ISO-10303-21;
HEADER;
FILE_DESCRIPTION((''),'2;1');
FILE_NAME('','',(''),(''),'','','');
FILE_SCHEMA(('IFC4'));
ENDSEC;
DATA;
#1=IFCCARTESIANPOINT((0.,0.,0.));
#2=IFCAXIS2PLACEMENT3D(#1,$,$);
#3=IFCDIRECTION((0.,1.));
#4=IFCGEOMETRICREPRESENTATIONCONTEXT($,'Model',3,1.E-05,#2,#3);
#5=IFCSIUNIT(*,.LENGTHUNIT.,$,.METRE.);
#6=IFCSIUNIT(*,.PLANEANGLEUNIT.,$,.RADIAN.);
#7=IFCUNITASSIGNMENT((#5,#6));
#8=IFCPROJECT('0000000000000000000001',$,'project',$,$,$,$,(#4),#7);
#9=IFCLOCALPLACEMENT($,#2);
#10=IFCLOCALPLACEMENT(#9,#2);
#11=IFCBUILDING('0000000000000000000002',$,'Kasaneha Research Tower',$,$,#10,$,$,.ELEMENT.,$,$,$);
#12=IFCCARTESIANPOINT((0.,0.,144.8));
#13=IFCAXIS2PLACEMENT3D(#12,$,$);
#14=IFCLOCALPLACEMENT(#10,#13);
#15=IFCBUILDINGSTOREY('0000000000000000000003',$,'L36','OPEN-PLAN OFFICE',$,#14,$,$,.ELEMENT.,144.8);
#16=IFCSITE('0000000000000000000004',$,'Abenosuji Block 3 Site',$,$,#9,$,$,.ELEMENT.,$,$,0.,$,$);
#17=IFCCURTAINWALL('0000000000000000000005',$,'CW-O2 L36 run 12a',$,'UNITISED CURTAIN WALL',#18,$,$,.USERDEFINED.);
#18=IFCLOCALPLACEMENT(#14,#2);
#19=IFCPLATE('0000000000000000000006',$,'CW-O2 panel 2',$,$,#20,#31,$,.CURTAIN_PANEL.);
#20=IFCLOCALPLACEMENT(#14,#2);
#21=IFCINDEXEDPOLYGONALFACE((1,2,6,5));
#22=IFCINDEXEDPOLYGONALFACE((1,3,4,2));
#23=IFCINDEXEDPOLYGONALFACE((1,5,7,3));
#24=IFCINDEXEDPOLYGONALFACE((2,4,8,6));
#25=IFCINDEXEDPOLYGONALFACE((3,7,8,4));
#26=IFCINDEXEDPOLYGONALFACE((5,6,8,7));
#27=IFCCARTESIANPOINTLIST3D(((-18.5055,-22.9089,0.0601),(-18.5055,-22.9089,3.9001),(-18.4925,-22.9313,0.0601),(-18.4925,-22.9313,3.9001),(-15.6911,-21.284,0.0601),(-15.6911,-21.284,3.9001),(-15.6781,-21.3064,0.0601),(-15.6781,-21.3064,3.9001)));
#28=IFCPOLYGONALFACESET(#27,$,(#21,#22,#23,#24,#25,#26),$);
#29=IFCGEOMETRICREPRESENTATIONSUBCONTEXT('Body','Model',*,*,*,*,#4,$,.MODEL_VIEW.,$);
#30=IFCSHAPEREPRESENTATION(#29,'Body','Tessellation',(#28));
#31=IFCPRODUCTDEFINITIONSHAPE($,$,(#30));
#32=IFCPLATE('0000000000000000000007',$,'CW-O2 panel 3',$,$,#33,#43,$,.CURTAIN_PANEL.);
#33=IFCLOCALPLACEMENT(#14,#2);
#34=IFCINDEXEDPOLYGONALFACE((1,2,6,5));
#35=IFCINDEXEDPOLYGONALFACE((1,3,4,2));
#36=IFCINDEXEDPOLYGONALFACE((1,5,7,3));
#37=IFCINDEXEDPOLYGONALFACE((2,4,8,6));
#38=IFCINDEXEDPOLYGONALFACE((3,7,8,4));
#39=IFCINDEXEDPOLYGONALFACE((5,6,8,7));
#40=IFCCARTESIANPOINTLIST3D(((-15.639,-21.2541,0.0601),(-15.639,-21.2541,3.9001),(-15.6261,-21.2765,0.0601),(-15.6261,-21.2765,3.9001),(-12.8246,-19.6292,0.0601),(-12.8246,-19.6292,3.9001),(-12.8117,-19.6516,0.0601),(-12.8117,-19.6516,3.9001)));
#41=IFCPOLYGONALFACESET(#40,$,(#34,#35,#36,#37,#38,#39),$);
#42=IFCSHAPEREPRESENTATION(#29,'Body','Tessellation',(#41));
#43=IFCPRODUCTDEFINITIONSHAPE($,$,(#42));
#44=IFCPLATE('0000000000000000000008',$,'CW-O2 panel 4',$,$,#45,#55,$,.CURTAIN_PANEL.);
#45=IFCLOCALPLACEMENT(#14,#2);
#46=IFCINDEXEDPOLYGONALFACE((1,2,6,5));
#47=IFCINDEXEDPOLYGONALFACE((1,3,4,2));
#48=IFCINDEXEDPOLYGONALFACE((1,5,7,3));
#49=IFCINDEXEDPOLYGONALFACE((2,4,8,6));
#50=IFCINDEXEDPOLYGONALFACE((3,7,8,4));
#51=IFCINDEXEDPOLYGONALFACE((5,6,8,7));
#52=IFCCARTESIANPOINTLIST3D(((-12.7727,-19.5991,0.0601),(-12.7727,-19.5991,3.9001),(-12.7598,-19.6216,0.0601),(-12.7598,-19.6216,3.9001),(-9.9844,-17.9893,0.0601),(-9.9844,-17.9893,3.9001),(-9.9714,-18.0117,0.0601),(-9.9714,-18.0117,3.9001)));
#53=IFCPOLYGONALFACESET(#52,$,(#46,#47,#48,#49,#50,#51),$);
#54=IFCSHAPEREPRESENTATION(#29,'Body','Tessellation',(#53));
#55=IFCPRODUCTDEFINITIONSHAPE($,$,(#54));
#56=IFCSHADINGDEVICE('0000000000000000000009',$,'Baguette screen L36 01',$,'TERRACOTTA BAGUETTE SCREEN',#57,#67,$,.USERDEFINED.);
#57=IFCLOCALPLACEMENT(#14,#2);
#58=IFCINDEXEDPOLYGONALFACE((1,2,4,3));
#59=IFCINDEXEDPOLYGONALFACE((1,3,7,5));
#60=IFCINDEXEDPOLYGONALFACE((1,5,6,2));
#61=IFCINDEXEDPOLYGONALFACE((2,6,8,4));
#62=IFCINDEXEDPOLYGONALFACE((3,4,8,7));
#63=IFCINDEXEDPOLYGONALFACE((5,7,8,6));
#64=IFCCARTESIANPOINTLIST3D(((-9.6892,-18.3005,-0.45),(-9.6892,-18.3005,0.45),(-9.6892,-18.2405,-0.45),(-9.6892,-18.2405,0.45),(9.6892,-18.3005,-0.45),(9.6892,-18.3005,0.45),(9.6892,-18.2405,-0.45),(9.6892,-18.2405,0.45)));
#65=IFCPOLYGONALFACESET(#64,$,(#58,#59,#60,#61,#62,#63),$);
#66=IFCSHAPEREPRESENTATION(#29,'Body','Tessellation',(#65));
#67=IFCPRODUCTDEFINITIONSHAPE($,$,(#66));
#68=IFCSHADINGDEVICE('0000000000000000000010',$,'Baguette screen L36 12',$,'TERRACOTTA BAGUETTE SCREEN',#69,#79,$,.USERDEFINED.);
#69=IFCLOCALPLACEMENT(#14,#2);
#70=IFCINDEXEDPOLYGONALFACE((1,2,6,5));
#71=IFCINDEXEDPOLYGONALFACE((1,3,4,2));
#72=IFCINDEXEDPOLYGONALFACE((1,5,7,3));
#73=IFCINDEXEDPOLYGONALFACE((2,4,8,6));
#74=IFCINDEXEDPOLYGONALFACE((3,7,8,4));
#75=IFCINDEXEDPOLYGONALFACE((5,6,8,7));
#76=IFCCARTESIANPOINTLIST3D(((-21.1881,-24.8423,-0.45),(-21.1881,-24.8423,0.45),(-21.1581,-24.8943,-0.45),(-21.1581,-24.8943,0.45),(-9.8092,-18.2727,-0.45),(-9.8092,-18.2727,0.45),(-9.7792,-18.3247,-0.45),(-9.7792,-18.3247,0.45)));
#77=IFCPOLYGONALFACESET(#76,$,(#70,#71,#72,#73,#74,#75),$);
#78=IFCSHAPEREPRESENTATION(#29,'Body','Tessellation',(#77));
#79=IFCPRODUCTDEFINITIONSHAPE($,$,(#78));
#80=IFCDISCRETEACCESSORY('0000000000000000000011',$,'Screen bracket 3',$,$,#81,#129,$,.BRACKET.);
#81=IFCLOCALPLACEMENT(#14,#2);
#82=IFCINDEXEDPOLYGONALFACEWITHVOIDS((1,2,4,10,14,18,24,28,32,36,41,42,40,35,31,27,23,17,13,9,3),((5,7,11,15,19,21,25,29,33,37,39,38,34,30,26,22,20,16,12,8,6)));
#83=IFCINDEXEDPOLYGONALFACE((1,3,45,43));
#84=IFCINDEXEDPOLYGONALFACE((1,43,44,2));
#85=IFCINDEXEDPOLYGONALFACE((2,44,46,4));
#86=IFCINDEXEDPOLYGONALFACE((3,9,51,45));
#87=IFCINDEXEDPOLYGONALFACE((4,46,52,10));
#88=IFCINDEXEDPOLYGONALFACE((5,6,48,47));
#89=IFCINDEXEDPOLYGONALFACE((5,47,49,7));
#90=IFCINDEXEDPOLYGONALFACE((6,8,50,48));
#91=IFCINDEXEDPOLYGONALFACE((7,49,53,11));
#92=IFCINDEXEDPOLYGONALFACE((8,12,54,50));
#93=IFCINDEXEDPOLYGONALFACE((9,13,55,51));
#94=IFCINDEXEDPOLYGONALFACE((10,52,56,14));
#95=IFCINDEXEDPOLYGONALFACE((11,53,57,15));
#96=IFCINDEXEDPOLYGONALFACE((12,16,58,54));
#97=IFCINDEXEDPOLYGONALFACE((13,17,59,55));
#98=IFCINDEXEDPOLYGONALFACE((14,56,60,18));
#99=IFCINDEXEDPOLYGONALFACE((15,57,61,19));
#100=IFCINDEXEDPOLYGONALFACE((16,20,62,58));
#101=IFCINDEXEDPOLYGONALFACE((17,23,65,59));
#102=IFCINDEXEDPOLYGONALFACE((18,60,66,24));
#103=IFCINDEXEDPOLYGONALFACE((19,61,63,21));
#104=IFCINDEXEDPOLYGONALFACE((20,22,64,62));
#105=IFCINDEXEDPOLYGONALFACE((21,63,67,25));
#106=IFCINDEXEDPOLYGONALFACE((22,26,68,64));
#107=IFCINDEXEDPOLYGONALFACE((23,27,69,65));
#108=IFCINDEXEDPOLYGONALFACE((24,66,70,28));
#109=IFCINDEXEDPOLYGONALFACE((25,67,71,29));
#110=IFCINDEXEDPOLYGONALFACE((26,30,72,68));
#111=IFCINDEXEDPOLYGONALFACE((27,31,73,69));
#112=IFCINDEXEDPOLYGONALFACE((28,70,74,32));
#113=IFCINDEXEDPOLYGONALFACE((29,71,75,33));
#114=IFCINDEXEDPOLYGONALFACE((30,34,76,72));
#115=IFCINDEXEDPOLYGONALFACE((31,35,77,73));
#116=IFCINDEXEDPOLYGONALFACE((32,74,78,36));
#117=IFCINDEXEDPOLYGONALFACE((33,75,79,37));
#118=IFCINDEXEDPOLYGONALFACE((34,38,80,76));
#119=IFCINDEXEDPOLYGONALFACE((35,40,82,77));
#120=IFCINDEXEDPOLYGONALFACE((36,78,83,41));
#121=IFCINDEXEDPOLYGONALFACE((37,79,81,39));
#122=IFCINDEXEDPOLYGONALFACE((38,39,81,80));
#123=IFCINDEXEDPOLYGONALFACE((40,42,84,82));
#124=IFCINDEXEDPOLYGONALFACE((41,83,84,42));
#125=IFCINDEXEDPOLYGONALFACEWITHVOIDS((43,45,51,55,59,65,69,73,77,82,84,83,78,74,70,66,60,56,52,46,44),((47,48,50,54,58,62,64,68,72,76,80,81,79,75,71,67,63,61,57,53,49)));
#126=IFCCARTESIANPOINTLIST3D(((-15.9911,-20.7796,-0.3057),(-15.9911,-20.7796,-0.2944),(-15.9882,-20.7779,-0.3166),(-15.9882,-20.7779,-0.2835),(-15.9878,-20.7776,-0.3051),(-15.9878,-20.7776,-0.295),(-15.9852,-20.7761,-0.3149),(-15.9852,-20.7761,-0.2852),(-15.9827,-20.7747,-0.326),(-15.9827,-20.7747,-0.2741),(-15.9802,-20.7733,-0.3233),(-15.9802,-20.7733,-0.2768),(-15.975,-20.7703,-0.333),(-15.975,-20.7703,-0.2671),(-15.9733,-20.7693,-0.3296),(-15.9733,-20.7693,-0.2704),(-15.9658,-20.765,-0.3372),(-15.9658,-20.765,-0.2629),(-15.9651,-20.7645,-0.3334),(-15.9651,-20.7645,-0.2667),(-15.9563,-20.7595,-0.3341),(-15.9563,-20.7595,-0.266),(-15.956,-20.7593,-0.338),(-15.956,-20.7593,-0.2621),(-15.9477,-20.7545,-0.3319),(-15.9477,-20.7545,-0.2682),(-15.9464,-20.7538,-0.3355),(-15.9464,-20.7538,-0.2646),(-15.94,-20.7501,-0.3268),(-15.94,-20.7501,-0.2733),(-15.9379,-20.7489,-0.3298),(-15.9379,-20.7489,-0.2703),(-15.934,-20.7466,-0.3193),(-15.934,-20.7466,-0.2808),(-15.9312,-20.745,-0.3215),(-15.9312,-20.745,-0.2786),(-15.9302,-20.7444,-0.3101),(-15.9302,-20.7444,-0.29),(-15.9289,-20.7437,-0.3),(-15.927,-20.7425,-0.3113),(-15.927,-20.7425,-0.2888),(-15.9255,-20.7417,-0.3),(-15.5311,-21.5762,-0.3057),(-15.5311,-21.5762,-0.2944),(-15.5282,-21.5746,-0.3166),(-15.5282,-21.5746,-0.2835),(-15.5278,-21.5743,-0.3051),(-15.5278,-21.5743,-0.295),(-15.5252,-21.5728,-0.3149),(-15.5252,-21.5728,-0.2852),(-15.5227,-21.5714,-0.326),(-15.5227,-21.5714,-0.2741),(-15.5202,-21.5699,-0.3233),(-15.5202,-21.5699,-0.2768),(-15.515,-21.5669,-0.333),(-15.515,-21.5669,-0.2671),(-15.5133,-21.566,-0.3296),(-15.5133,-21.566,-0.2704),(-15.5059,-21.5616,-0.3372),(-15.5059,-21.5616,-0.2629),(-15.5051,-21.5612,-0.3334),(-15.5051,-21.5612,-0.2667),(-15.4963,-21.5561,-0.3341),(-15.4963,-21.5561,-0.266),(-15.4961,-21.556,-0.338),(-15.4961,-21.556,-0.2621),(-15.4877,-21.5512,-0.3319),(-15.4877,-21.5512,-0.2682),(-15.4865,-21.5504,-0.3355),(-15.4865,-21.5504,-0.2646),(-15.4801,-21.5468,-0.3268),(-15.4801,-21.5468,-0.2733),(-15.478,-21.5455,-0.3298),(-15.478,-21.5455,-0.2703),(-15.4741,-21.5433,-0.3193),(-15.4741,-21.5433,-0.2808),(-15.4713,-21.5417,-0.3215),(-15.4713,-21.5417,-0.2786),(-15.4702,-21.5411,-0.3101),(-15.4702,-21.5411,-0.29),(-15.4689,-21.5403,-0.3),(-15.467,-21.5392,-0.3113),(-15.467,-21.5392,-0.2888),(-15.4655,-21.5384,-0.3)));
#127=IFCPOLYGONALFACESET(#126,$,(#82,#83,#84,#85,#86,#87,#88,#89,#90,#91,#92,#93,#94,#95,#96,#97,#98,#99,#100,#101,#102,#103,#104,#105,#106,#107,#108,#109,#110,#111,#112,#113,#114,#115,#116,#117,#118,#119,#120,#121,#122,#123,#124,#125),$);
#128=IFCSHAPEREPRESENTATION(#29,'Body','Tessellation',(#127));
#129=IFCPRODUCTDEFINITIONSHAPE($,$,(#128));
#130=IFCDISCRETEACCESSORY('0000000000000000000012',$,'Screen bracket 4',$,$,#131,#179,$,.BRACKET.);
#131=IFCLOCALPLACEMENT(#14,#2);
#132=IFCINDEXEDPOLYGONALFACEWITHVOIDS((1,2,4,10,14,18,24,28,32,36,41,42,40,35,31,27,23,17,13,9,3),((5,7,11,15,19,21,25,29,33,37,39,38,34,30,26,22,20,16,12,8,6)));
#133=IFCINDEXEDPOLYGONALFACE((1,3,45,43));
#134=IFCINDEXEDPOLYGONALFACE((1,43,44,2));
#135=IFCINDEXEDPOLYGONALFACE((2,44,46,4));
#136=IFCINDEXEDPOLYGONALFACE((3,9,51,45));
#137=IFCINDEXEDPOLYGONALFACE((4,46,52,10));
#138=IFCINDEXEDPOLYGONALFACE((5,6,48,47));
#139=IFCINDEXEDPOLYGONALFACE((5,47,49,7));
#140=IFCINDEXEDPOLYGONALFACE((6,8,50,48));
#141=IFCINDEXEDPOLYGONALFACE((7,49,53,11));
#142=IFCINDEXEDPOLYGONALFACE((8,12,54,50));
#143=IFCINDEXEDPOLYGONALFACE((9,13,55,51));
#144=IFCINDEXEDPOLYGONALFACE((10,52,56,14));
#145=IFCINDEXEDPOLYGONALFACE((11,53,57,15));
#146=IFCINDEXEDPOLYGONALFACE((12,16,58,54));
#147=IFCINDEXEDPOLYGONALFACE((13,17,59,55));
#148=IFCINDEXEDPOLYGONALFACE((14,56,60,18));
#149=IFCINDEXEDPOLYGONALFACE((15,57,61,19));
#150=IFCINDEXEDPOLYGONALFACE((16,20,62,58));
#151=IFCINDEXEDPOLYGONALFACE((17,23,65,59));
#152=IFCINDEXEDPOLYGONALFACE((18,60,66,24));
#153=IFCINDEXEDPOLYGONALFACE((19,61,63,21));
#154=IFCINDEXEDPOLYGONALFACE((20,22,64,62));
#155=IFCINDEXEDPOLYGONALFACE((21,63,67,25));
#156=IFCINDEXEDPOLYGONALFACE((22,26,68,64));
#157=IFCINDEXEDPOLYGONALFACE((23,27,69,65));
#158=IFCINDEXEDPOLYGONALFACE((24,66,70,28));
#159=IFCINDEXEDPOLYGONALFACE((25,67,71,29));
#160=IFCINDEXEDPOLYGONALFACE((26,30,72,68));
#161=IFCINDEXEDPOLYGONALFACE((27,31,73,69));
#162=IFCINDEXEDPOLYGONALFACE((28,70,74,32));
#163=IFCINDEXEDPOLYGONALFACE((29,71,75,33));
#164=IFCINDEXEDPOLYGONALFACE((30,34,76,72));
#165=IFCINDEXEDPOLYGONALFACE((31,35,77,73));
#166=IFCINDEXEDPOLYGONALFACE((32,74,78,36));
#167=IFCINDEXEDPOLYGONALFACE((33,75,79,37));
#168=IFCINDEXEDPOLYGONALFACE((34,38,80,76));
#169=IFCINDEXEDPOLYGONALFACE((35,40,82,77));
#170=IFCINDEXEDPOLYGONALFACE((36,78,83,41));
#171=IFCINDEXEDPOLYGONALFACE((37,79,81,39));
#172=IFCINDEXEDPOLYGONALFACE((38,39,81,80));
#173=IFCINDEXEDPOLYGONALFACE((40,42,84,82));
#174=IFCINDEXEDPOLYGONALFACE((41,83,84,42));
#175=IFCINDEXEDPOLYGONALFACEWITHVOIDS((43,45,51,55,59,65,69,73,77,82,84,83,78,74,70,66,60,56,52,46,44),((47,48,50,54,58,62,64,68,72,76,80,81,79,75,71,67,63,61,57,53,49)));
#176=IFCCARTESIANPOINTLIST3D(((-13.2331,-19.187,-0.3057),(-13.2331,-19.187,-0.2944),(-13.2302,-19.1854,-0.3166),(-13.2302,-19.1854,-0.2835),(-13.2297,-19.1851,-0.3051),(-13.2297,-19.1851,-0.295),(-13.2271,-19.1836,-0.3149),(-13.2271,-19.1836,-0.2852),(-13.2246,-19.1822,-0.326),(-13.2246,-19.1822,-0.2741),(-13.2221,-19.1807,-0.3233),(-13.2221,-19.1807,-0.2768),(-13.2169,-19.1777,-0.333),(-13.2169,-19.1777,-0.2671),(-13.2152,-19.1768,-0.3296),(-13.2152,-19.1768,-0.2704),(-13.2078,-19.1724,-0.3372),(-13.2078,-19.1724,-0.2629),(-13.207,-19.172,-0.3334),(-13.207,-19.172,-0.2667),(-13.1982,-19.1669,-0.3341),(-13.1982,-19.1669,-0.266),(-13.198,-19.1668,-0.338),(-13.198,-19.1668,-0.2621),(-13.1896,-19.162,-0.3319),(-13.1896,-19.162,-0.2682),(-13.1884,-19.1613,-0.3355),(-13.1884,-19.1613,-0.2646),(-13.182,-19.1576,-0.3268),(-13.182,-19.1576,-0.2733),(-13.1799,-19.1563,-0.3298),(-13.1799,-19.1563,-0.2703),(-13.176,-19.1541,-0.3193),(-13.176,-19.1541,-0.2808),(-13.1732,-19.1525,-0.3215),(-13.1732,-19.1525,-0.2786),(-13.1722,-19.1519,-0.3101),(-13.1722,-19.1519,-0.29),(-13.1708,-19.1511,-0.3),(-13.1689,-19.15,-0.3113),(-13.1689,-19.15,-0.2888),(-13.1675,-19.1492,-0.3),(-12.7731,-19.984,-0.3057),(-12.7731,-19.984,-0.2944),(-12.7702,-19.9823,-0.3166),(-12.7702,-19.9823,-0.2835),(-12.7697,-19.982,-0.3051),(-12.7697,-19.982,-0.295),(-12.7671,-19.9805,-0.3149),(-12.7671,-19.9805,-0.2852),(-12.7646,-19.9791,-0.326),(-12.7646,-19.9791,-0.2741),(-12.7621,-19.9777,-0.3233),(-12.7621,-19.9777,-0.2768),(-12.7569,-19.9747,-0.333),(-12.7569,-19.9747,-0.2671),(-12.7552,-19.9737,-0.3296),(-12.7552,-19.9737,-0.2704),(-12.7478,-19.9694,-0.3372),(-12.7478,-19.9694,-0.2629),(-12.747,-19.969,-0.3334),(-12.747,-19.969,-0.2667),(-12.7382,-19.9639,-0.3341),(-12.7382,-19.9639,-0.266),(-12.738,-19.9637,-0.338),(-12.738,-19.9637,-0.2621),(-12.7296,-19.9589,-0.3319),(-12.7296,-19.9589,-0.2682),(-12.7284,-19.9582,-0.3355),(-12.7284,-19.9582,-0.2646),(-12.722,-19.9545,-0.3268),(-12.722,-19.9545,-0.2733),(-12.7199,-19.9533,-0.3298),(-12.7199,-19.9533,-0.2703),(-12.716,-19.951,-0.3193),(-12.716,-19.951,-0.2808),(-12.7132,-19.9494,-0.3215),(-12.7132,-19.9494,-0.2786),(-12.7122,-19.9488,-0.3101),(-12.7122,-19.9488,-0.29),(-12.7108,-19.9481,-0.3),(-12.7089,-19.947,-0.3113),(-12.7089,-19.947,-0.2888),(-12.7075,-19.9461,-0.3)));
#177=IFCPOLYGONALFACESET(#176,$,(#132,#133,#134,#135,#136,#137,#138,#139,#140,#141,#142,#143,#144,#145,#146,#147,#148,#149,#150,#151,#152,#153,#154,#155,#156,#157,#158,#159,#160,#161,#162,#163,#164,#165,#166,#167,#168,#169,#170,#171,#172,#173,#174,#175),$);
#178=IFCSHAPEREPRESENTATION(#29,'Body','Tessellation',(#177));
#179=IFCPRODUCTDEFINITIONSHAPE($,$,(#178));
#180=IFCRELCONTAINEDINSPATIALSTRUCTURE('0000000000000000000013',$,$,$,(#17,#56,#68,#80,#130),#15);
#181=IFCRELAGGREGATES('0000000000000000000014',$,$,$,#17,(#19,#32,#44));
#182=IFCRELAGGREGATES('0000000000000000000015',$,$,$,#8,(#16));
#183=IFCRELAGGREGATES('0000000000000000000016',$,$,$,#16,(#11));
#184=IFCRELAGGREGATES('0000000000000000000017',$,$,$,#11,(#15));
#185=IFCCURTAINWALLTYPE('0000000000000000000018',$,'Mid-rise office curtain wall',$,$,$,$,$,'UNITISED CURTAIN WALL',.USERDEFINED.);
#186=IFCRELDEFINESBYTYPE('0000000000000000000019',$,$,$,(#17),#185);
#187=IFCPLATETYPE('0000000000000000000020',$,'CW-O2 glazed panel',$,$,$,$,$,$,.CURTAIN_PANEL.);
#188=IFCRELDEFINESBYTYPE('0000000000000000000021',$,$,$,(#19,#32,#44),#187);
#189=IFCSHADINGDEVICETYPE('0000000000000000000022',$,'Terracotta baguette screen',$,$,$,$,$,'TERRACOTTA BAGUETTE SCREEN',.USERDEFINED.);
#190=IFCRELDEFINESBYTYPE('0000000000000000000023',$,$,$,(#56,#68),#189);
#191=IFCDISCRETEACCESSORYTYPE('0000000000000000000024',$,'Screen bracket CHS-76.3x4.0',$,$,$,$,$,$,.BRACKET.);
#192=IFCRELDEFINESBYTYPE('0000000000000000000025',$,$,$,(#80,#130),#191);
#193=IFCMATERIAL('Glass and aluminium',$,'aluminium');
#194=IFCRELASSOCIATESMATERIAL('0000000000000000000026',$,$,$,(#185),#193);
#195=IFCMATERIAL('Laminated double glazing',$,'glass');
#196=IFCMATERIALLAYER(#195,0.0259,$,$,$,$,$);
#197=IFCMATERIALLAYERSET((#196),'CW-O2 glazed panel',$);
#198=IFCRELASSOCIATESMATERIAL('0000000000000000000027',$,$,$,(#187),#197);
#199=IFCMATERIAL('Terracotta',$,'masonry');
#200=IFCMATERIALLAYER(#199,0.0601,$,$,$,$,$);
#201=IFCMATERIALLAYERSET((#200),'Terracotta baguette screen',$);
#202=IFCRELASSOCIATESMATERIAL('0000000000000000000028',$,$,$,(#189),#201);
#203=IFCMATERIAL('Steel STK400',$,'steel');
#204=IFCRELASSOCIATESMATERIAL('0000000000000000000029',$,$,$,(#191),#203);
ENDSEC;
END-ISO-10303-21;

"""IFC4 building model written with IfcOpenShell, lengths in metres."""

from ifc_helpers import new_model, si_unit, direction, frame, origin, origin_2d, place, context, subcontext, project, spatial, rectangle, hollow_circle, extrude, material, layer, layer_set, material_profile, profile_set, type_object, element, aggregate, save


model = new_model("IFC4")

# Units and contexts
model_context = context("Model", 3, precision=1e-05, world=origin(), true_north=direction((0.0, 1.0)))
body_context = subcontext(model_context, "Body", "Model", "MODEL_VIEW")
ifc_project = project(units=[si_unit("LENGTHUNIT", "METRE"), si_unit("PLANEANGLEUNIT", "RADIAN")], contexts=[model_context])

# Site, building, storey
site_placement = place(None, origin())
site = spatial("IfcSite", under=ifc_project, at=site_placement, Name="Abenosuji Block 3 Site", CompositionType="ELEMENT", RefElevation=0.0)
building_placement = place(site_placement, origin())
building = spatial("IfcBuilding", under=site, at=building_placement, Name="Kasaneha Research Tower", CompositionType="ELEMENT")
storey_placement = place(building_placement, frame((0.0, 0.0, 144.8)))
storey = spatial("IfcBuildingStorey", under=building, at=storey_placement, Name="L36", Description="OPEN-PLAN OFFICE", CompositionType="ELEMENT", Elevation=144.8)

# Curtain wall
ifc_material_1 = material(Name="Glass and aluminium", Category="aluminium")
curtain_wall_type = type_object("IfcCurtainWallType", Name="Mid-rise office curtain wall", ElementType="UNITISED CURTAIN WALL", PredefinedType="USERDEFINED", material=ifc_material_1)
curtain_wall_1_placement = place(storey_placement, origin())
curtain_wall_1 = element("IfcCurtainWall", 1, at=curtain_wall_1_placement, inside=storey, type_object=curtain_wall_type, Name="CW-O2 L36 run 12a", ObjectType="UNITISED CURTAIN WALL", PredefinedType="USERDEFINED")

# Plates
ifc_material_2 = material(Name="Laminated double glazing", Category="glass")
ifc_layer_1 = layer(ifc_material_2, 0.0259)
ifc_layer_set_1 = layer_set([ifc_layer_1], Name="CW-O2 glazed panel")
plate_type = type_object("IfcPlateType", Name="CW-O2 glazed panel", PredefinedType="CURTAIN_PANEL", material=ifc_layer_set_1)
plate_1_placement = place(storey_placement, frame((-17.0918, -22.1077, 0.0601), z_axis=(0.0, 0.0, 1.0), x_axis=(0.866025, 0.5, 0.0)))
plate_1 = element("IfcPlate", 2, at=plate_1_placement, type_object=plate_type, Name="CW-O2 panel 2", PredefinedType="CURTAIN_PANEL", context=body_context, shape_type="SweptSolid", body=[
    extrude(rectangle(XDim=3.2498, YDim=0.0259, at=origin_2d()), origin(), (0.0, 0.0, 1.0), 3.8401),
])
plate_2_placement = place(storey_placement, frame((-14.2253, -20.4529, 0.0601), z_axis=(0.0, 0.0, 1.0), x_axis=(0.866025, 0.5, 0.0)))
plate_2 = element("IfcPlate", 3, at=plate_2_placement, type_object=plate_type, Name="CW-O2 panel 3", PredefinedType="CURTAIN_PANEL", context=body_context, shape_type="SweptSolid", body=[
    extrude(rectangle(XDim=3.2498, YDim=0.0259, at=origin_2d()), origin(), (0.0, 0.0, 1.0), 3.8401),
])
plate_3_placement = place(storey_placement, frame((-11.3721, -18.8054, 0.0601), z_axis=(0.0, 0.0, 1.0), x_axis=(0.866025, 0.5, 0.0)))
plate_3 = element("IfcPlate", 4, at=plate_3_placement, type_object=plate_type, Name="CW-O2 panel 4", PredefinedType="CURTAIN_PANEL", context=body_context, shape_type="SweptSolid", body=[
    extrude(rectangle(XDim=3.2197, YDim=0.0259, at=origin_2d()), origin(), (0.0, 0.0, 1.0), 3.8401),
])
aggregate(curtain_wall_1, [plate_1, plate_2, plate_3])

# Shading devices
ifc_material_3 = material(Name="Terracotta", Category="masonry")
ifc_layer_2 = layer(ifc_material_3, 0.0601)
ifc_layer_set_2 = layer_set([ifc_layer_2], Name="Terracotta baguette screen")
shading_device_type = type_object("IfcShadingDeviceType", Name="Terracotta baguette screen", ElementType="TERRACOTTA BAGUETTE SCREEN", PredefinedType="USERDEFINED", material=ifc_layer_set_2)
shading_device_1_placement = place(storey_placement, frame((0.0, -18.2705, -0.45), z_axis=(0.0, 0.0, 1.0), x_axis=(1.0, 0.0, 0.0)))
element("IfcShadingDevice", 5, at=shading_device_1_placement, inside=storey, type_object=shading_device_type, Name="Baguette screen L36 01", ObjectType="TERRACOTTA BAGUETTE SCREEN", PredefinedType="USERDEFINED", context=body_context, shape_type="SweptSolid", body=[
    extrude(rectangle(XDim=19.3784, YDim=0.0601, at=origin_2d()), origin(), (0.0, 0.0, 1.0), 0.8999),
])
shading_device_2_placement = place(storey_placement, frame((-15.4836, -21.5835, -0.45), z_axis=(0.0, 0.0, 1.0), x_axis=(0.866025, 0.5, 0.0)))
element("IfcShadingDevice", 6, at=shading_device_2_placement, inside=storey, type_object=shading_device_type, Name="Baguette screen L36 12", ObjectType="TERRACOTTA BAGUETTE SCREEN", PredefinedType="USERDEFINED", context=body_context, shape_type="SweptSolid", body=[
    extrude(rectangle(XDim=13.1392, YDim=0.0601, at=origin_2d()), origin(), (0.0, 0.0, 1.0), 0.8999),
])

# Discrete accessories
ifc_material_4 = material(Name="Steel STK400", Category="steel")
ifc_material_profile_1 = material_profile(ifc_material_4, hollow_circle(Radius=0.0381, WallThickness=0.0039, at=origin_2d()), Name="CHS-76.3x4.0")
ifc_profile_set_1 = profile_set([ifc_material_profile_1], Name="Steel STK400")
discrete_accessory_type = type_object("IfcDiscreteAccessoryType", Name="Screen bracket CHS-76.3x4.0", PredefinedType="BRACKET", material=ifc_profile_set_1)
discrete_accessory_1_placement = place(storey_placement, frame((-15.9585, -20.7607, -0.3), z_axis=(0.500021, -0.866013, 0.0), x_axis=(0.866013, 0.500021, 0.0)))
element("IfcDiscreteAccessory", 7, at=discrete_accessory_1_placement, inside=storey, type_object=discrete_accessory_type, Name="Screen bracket 3", PredefinedType="BRACKET", context=body_context, shape_type="SweptSolid", body=[
    extrude(hollow_circle(Radius=0.0381, WallThickness=0.0039, at=origin_2d()), origin(), (0.0, 0.0, 1.0), 0.9199),
])
discrete_accessory_2_placement = place(storey_placement, frame((-13.2004, -19.1682, -0.3), z_axis=(0.499906, -0.86608, 0.0), x_axis=(0.86608, 0.499906, 0.0)))
element("IfcDiscreteAccessory", 8, at=discrete_accessory_2_placement, inside=storey, type_object=discrete_accessory_type, Name="Screen bracket 4", PredefinedType="BRACKET", context=body_context, shape_type="SweptSolid", body=[
    extrude(hollow_circle(Radius=0.0381, WallThickness=0.0039, at=origin_2d()), origin(), (0.0, 0.0, 1.0), 0.9202),
])

save(model, "model.ifc")
